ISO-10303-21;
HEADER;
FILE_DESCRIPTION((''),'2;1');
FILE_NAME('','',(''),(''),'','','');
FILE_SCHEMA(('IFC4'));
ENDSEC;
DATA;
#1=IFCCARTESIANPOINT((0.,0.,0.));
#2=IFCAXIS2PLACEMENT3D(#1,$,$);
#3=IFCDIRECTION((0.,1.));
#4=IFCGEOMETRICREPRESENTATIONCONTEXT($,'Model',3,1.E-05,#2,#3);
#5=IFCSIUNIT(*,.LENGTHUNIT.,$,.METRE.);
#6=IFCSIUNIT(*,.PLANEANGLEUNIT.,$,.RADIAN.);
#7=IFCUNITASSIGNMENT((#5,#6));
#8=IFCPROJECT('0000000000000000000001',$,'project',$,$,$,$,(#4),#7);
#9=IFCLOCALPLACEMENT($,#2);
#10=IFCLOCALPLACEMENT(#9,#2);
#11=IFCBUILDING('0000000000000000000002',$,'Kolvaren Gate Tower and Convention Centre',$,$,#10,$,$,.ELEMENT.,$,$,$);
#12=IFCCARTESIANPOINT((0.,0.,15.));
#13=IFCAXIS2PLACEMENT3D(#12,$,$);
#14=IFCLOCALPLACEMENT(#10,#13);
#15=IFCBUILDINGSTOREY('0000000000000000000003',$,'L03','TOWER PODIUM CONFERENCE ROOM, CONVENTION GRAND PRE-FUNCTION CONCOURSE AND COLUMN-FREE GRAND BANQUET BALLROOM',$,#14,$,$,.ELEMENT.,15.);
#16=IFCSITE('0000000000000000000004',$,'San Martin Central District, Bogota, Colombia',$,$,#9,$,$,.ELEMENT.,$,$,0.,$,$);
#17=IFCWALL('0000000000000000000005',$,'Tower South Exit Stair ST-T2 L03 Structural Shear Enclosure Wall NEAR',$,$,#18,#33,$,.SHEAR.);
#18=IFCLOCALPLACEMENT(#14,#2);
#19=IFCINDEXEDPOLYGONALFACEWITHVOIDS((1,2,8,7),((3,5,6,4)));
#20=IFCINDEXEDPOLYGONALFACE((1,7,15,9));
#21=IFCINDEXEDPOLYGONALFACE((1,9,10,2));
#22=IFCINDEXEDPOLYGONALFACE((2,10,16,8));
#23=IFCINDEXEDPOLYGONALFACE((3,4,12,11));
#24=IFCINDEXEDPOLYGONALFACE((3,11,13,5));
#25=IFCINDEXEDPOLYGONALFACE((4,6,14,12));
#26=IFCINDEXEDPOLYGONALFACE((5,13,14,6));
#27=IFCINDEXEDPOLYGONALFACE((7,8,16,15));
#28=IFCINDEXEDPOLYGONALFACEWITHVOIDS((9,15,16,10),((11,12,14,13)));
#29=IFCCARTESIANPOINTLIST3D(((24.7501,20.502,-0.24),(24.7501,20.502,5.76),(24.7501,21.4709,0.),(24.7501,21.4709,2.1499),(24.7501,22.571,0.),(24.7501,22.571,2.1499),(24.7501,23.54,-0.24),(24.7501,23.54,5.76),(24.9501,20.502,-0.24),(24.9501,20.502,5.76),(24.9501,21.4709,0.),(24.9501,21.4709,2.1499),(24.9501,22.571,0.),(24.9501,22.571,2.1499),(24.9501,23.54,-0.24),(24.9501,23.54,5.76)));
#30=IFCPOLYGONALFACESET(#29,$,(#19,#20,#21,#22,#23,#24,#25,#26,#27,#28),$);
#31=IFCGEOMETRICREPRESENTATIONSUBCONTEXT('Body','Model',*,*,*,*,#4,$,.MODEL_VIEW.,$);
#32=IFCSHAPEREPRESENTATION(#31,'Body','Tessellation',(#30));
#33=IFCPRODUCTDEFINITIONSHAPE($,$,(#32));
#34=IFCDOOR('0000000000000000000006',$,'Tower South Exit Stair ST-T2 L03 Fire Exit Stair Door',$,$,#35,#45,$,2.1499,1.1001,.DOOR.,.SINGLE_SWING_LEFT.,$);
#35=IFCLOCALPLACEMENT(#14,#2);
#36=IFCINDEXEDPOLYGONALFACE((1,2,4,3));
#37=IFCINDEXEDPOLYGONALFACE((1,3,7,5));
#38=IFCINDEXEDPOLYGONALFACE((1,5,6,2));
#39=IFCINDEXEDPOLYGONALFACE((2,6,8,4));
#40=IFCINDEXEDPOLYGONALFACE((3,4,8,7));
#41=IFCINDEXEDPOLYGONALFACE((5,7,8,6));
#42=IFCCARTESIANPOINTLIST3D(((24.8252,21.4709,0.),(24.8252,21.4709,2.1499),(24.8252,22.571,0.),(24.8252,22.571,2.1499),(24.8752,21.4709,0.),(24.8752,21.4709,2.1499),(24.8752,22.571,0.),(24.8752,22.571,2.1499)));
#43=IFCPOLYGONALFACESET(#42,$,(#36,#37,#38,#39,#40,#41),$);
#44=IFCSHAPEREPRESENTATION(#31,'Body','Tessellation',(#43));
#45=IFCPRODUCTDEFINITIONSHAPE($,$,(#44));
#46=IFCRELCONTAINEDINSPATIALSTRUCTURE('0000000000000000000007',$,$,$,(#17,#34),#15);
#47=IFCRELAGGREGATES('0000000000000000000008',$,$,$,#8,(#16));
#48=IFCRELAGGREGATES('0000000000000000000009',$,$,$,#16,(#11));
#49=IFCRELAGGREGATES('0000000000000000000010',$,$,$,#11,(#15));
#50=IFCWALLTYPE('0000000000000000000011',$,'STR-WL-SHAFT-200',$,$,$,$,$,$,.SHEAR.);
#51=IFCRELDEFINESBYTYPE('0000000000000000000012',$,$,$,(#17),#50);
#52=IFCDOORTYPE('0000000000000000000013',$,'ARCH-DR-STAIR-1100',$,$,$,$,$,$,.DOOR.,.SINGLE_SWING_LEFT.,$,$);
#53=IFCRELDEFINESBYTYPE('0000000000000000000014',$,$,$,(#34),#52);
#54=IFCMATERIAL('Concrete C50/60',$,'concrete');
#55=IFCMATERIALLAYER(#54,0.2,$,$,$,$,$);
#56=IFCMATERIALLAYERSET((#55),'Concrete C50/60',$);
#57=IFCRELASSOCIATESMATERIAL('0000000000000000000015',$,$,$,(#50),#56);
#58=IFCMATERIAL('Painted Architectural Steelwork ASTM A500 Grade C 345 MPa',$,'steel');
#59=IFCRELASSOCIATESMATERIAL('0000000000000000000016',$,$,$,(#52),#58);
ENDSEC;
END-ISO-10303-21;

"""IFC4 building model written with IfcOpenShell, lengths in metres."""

from ifc_helpers import new_model, si_unit, direction, frame, frame_2d, origin, place, context, subcontext, project, spatial, rectangle, extrude, material, layer, layer_set, type_object, element, fill, save


model = new_model("IFC4")

# Units and contexts
model_context = context("Model", 3, precision=1e-05, world=origin(), true_north=direction((0.0, 1.0)))
body_context = subcontext(model_context, "Body", "Model", "MODEL_VIEW")
ifc_project = project(units=[si_unit("LENGTHUNIT", "METRE"), si_unit("PLANEANGLEUNIT", "RADIAN")], contexts=[model_context])

# Site, building, storey
site_placement = place(None, origin())
site = spatial("IfcSite", under=ifc_project, at=site_placement, Name="San Martin Central District, Bogota, Colombia", CompositionType="ELEMENT", RefElevation=0.0)
building_placement = place(site_placement, origin())
building = spatial("IfcBuilding", under=site, at=building_placement, Name="Kolvaren Gate Tower and Convention Centre", CompositionType="ELEMENT")
storey_placement = place(building_placement, frame((0.0, 0.0, 15.0)))
storey = spatial("IfcBuildingStorey", under=building, at=storey_placement, Name="L03", Description="TOWER PODIUM CONFERENCE ROOM, CONVENTION GRAND PRE-FUNCTION CONCOURSE AND COLUMN-FREE GRAND BANQUET BALLROOM", CompositionType="ELEMENT", Elevation=15.0)

# Shared definitions
ifc_material_1 = material(Name="Painted Architectural Steelwork ASTM A500 Grade C 345 MPa", Category="steel")

# Wall, opening, door
ifc_material_2 = material(Name="Concrete C50/60", Category="concrete")
ifc_layer_1 = layer(ifc_material_2, 0.2)
ifc_layer_set_1 = layer_set([ifc_layer_1], Name="Concrete C50/60")
wall_type_1 = type_object("IfcWallType", Name="STR-WL-SHAFT-200", PredefinedType="SHEAR", material=ifc_layer_set_1)
wall_1_placement = place(storey_placement, frame((24.8501, 20.502, -0.24), z_axis=(0.0, 0.0, 1.0), x_axis=(0.0, 1.0, 0.0)))
wall_1 = element("IfcWall", 1, at=wall_1_placement, inside=storey, type_object=wall_type_1, Name="Tower South Exit Stair ST-T2 L03 Structural Shear Enclosure Wall NEAR", PredefinedType="SHEAR", context=body_context, shape_type="SweptSolid", body=[
    extrude(rectangle(XDim=3.0381, YDim=0.2, at=frame_2d((1.519, 0.0))), origin(), (0.0, 0.0, 1.0), 6.0),
])
opening_1_placement = place(wall_1_placement, frame((0.969, 0.0, 0.24)))
opening_1 = element("IfcOpeningElement", 2, at=opening_1_placement, cuts=wall_1, PredefinedType="OPENING", context=body_context, shape_type="SweptSolid", body=[
    extrude(rectangle(XDim=1.1001, YDim=2.1499, at=frame_2d((0.55, 1.075))), frame((0.0, 0.1099, 0.0), z_axis=(0.0, -1.0, 0.0), x_axis=(1.0, 0.0, 0.0)), (0.0, 0.0, 1.0), 0.22),
])
door_type_1 = type_object("IfcDoorType", Name="ARCH-DR-STAIR-1100", OperationType="SINGLE_SWING_LEFT", PredefinedType="DOOR", material=ifc_material_1)
door_1_placement = place(opening_1_placement, origin())
door_1 = element("IfcDoor", 3, at=door_1_placement, inside=storey, type_object=door_type_1, Name="Tower South Exit Stair ST-T2 L03 Fire Exit Stair Door", OperationType="SINGLE_SWING_LEFT", OverallHeight=2.1499, OverallWidth=1.1001, PredefinedType="DOOR", context=body_context, shape_type="SweptSolid", body=[
    extrude(rectangle(XDim=1.1001, YDim=2.1499, at=frame_2d((0.55, 1.075))), frame((0.0, 0.0249, 0.0), z_axis=(0.0, -1.0, 0.0), x_axis=(1.0, 0.0, 0.0)), (0.0, 0.0, 1.0), 0.05),
])
fill(opening_1, door_1)

save(model, "model.ifc")
